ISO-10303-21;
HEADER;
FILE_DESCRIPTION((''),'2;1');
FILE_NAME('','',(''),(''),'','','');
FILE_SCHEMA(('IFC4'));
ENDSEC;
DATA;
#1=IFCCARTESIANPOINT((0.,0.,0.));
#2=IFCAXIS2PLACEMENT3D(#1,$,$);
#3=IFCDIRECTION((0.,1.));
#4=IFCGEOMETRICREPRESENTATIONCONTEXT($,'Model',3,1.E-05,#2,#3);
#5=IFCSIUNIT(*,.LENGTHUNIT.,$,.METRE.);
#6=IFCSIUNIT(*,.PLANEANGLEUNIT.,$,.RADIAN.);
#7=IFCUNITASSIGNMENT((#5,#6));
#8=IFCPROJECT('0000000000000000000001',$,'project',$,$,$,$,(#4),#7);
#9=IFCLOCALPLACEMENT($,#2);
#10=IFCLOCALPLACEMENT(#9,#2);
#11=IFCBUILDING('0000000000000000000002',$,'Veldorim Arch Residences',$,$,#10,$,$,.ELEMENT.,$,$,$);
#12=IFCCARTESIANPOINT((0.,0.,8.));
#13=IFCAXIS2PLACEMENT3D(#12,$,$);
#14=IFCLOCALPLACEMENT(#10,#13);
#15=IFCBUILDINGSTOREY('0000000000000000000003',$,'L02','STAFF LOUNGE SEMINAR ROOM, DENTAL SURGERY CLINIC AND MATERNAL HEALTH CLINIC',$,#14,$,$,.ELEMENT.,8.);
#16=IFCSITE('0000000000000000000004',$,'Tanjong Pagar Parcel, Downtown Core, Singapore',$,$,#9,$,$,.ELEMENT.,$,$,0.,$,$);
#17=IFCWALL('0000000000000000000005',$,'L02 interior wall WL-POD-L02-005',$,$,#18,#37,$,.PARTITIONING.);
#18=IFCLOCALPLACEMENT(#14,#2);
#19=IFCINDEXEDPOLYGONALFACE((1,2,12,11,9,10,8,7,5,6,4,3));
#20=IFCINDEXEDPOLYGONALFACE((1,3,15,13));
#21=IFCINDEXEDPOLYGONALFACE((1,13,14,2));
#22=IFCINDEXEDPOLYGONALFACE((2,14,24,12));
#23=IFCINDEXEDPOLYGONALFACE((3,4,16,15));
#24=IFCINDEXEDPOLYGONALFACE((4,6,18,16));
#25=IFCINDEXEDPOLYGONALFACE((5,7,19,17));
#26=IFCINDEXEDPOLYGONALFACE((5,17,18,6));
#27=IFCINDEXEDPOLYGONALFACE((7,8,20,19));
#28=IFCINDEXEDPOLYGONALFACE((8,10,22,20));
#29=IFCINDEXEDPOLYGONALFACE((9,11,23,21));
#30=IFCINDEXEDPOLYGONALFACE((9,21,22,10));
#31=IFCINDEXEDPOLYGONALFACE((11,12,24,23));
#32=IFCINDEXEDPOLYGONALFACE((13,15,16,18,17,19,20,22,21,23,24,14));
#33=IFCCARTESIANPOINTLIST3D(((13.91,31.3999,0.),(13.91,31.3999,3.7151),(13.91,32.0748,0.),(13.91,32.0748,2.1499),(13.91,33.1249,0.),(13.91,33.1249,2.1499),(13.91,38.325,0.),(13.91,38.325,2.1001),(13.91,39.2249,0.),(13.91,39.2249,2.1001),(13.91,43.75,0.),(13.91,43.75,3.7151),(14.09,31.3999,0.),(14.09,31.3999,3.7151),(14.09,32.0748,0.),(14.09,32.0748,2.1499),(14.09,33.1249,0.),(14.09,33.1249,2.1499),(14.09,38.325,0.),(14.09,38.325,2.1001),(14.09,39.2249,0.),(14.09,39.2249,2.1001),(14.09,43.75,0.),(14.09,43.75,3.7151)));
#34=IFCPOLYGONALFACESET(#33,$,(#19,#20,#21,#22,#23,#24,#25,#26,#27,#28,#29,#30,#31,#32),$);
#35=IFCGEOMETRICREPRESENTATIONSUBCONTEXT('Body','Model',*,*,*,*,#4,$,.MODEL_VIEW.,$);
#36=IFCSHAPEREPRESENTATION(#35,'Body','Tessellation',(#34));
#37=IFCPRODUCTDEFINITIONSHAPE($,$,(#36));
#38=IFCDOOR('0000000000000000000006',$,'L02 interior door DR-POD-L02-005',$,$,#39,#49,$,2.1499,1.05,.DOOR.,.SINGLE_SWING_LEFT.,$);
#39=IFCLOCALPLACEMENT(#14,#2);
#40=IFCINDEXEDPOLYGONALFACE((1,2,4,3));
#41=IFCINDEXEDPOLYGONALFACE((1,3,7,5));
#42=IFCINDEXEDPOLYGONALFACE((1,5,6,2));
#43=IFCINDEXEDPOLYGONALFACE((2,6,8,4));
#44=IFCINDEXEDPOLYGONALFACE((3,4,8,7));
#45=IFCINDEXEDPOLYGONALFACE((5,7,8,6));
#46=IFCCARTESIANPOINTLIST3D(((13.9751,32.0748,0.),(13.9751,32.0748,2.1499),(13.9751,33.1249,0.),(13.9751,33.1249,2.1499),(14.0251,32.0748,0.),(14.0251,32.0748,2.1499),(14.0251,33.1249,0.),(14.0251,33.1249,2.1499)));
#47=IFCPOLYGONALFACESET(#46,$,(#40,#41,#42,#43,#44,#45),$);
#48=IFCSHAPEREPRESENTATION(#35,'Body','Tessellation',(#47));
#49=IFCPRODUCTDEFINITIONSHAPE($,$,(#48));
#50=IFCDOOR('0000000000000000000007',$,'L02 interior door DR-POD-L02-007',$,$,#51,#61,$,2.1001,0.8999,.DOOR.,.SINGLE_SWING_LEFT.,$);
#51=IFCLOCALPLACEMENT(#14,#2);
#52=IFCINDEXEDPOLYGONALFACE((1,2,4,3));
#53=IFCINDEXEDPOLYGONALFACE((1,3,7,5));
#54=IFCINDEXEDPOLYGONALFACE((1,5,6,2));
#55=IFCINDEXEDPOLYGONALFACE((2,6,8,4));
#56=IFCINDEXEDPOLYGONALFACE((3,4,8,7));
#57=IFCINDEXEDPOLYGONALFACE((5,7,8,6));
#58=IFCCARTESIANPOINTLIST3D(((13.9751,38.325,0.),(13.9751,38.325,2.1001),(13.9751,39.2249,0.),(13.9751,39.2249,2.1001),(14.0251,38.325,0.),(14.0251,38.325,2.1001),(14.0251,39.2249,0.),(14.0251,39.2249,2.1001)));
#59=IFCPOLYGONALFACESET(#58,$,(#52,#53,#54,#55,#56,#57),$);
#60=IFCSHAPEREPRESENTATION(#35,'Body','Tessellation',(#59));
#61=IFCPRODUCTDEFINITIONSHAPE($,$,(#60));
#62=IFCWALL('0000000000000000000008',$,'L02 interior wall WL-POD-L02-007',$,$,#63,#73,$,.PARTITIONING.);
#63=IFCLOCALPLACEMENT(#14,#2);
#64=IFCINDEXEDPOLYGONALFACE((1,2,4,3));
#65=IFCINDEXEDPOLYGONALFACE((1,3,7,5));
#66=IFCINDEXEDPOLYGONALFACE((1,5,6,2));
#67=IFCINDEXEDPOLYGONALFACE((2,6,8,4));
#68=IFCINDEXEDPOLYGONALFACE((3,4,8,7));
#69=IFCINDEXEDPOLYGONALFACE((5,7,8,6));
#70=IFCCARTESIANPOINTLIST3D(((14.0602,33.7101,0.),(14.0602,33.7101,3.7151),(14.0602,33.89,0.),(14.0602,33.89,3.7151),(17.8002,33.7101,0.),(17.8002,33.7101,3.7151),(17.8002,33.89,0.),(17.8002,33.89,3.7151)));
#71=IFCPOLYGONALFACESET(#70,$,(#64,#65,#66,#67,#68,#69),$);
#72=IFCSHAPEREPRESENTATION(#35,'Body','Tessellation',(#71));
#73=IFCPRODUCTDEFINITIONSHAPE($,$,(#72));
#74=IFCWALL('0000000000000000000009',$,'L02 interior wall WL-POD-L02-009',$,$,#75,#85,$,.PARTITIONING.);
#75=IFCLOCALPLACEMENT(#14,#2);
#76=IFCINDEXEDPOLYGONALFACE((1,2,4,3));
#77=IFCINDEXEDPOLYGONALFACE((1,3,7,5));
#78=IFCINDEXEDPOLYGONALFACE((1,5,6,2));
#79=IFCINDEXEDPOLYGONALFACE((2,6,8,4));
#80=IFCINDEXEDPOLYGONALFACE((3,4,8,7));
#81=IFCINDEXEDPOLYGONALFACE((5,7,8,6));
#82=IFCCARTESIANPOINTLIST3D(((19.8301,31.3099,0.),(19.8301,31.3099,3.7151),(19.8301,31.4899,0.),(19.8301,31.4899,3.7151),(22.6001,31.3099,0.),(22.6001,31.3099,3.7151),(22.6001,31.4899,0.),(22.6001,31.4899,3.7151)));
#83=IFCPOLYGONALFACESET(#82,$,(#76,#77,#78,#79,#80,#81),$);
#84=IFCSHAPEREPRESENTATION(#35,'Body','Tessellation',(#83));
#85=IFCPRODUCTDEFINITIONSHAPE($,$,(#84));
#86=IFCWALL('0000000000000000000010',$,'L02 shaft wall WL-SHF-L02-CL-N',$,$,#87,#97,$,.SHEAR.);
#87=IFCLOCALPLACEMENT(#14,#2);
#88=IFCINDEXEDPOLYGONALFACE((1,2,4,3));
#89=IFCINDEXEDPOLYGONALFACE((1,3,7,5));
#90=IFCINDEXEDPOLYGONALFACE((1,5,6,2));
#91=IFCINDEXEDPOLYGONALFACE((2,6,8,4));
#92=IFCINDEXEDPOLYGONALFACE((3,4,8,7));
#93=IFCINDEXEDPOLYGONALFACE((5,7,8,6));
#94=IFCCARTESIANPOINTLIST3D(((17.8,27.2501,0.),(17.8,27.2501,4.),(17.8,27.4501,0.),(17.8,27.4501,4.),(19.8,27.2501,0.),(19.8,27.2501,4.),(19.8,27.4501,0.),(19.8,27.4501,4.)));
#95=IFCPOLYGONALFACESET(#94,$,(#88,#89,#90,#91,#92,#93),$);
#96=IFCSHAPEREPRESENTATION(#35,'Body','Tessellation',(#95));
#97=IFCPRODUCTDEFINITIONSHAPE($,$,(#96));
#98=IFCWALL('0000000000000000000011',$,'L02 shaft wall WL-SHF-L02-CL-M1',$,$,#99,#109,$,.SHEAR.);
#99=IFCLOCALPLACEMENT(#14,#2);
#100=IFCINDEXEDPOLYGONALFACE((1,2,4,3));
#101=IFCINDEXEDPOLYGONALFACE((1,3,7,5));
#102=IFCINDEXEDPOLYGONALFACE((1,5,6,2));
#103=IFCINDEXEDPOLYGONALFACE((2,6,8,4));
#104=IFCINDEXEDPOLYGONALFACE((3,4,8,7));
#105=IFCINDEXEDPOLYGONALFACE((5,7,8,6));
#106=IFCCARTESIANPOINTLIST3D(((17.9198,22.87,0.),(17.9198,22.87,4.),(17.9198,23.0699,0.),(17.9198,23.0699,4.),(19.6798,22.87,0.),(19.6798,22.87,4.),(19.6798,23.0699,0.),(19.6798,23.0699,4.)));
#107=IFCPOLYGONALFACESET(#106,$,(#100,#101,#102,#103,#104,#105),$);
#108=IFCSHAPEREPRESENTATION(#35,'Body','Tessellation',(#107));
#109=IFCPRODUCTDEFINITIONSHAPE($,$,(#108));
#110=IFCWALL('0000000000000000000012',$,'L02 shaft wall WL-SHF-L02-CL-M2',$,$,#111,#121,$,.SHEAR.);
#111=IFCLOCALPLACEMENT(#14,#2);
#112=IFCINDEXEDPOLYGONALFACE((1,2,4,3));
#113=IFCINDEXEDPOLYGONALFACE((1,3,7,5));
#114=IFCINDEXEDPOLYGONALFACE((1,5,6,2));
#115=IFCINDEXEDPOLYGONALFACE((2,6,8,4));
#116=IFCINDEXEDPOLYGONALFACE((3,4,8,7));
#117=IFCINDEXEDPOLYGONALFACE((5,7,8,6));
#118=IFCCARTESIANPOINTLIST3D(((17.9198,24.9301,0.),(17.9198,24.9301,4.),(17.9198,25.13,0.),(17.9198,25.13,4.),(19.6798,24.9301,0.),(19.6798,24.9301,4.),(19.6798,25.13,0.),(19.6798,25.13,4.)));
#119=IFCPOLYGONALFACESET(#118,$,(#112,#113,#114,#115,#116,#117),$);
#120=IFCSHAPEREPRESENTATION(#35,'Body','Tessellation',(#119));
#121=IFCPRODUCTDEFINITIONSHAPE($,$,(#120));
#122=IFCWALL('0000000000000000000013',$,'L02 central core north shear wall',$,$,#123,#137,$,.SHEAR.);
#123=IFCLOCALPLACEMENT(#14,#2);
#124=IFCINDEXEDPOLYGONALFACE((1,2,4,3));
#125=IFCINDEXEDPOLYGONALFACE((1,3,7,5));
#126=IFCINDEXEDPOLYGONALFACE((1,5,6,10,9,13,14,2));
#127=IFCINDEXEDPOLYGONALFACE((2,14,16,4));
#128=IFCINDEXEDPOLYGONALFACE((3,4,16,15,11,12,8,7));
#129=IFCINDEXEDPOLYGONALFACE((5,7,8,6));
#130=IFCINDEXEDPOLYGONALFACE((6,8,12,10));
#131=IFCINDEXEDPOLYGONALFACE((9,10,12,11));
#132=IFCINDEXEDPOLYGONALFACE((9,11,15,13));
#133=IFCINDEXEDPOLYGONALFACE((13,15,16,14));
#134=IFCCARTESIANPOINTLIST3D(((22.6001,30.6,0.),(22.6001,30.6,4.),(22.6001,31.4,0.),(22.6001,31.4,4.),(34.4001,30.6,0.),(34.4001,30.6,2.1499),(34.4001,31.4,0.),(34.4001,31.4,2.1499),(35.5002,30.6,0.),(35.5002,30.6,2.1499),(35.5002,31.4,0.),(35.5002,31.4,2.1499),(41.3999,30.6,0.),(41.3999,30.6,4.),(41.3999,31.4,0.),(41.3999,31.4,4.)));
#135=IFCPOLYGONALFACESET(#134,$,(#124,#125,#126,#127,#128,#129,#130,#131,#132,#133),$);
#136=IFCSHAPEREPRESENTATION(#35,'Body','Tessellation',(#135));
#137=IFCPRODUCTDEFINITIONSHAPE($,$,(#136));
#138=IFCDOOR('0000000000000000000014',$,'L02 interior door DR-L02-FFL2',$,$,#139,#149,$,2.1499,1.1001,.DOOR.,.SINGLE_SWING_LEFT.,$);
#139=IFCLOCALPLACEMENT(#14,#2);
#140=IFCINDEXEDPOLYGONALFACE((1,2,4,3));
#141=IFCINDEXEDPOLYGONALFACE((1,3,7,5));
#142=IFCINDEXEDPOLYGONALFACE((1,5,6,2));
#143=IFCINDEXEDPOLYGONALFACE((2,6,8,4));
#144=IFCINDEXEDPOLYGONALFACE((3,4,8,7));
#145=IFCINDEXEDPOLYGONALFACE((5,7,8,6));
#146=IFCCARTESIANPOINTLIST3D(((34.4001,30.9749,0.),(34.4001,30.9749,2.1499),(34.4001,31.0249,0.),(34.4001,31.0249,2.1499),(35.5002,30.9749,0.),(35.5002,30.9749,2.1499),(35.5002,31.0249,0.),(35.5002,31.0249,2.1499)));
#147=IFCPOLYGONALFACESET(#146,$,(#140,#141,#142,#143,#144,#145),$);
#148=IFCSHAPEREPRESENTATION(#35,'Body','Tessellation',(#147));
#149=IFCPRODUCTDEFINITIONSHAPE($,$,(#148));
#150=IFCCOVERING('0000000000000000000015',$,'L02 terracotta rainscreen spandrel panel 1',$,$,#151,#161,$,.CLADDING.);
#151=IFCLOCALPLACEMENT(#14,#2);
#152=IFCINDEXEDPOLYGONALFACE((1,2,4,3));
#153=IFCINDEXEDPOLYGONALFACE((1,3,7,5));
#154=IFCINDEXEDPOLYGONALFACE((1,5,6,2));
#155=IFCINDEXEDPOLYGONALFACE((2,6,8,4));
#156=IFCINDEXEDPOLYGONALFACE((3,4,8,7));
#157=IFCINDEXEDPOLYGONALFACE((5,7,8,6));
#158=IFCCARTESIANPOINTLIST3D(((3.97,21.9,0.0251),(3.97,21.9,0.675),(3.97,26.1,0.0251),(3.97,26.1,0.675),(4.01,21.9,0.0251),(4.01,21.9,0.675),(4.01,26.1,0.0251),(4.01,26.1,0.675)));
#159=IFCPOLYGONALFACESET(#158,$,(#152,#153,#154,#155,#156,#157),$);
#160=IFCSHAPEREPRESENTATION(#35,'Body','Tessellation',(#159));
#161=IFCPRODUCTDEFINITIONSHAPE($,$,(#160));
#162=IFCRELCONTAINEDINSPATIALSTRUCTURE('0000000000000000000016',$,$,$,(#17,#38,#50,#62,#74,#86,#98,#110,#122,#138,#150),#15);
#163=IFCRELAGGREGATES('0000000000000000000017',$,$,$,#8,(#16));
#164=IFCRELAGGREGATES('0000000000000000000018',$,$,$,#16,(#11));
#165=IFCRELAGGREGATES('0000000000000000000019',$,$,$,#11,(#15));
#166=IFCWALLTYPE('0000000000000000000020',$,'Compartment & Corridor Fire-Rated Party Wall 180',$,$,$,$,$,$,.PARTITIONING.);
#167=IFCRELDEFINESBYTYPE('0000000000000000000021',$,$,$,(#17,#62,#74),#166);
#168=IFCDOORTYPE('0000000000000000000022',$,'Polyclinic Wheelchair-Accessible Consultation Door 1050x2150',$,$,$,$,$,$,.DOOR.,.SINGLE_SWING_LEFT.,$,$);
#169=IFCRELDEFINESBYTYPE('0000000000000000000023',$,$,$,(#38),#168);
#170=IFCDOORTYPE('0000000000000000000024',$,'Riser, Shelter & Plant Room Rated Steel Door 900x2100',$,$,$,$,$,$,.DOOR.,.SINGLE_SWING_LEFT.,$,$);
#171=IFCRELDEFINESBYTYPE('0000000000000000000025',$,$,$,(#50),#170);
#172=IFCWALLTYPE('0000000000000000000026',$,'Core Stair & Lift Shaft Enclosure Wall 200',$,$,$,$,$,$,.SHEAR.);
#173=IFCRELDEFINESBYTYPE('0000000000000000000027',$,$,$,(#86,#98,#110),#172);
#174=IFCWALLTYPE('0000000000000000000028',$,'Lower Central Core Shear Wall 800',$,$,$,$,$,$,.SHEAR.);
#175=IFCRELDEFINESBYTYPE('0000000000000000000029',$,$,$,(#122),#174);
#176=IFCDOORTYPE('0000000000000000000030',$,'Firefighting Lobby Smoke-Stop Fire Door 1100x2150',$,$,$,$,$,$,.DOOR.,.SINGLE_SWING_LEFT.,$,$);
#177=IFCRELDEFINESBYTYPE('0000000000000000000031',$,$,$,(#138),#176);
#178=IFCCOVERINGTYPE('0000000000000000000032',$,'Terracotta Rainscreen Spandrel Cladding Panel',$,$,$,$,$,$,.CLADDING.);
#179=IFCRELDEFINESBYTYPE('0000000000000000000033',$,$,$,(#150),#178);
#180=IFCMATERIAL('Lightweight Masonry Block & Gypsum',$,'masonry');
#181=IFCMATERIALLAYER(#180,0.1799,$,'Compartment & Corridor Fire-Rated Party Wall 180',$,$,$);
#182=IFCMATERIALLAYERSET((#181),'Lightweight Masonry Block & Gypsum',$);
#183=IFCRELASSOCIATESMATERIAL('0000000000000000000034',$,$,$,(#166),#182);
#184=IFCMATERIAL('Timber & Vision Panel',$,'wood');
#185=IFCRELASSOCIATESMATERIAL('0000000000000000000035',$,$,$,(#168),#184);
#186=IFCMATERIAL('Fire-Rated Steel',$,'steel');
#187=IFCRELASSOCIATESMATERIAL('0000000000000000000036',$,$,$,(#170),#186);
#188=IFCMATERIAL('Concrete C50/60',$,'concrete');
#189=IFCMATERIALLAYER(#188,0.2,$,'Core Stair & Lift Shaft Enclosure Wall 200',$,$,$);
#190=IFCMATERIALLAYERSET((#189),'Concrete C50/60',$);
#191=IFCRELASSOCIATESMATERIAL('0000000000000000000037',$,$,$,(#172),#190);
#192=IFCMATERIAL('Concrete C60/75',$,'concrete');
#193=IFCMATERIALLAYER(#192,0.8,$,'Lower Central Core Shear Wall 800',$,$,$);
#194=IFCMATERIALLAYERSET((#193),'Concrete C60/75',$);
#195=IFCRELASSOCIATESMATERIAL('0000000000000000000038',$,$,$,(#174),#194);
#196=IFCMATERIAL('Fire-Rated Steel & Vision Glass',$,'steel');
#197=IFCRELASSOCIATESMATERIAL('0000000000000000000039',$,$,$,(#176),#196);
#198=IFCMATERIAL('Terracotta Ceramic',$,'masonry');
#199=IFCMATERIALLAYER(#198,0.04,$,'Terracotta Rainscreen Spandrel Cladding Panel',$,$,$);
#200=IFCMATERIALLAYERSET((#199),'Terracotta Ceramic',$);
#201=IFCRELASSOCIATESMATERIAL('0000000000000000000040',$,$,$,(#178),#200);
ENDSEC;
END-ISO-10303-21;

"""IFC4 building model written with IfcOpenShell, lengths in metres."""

from ifc_helpers import new_model, si_unit, direction, frame, frame_2d, origin, origin_2d, place, context, subcontext, project, spatial, rectangle, extrude, material, layer, layer_set, type_object, element, fill, save


model = new_model("IFC4")

# Units and contexts
model_context = context("Model", 3, precision=1e-05, world=origin(), true_north=direction((0.0, 1.0)))
body_context = subcontext(model_context, "Body", "Model", "MODEL_VIEW")
ifc_project = project(units=[si_unit("LENGTHUNIT", "METRE"), si_unit("PLANEANGLEUNIT", "RADIAN")], contexts=[model_context])

# Site, building, storey
site_placement = place(None, origin())
site = spatial("IfcSite", under=ifc_project, at=site_placement, Name="Tanjong Pagar Parcel, Downtown Core, Singapore", CompositionType="ELEMENT", RefElevation=0.0)
building_placement = place(site_placement, origin())
building = spatial("IfcBuilding", under=site, at=building_placement, Name="Veldorim Arch Residences", CompositionType="ELEMENT")
storey_placement = place(building_placement, frame((0.0, 0.0, 8.0)))
storey = spatial("IfcBuildingStorey", under=building, at=storey_placement, Name="L02", Description="STAFF LOUNGE SEMINAR ROOM, DENTAL SURGERY CLINIC AND MATERNAL HEALTH CLINIC", CompositionType="ELEMENT", Elevation=8.0)

# Wall, openings, doors
ifc_material_1 = material(Name="Lightweight Masonry Block & Gypsum", Category="masonry")
ifc_layer_1 = layer(ifc_material_1, 0.1799, Name="Compartment & Corridor Fire-Rated Party Wall 180")
ifc_layer_set_1 = layer_set([ifc_layer_1], Name="Lightweight Masonry Block & Gypsum")
wall_type_1 = type_object("IfcWallType", Name="Compartment & Corridor Fire-Rated Party Wall 180", PredefinedType="PARTITIONING", material=ifc_layer_set_1)
wall_1_placement = place(storey_placement, frame((14.0, 31.3999, 0.0), z_axis=(0.0, 0.0, 1.0), x_axis=(0.0, 1.0, 0.0)))
wall_1 = element("IfcWall", 1, at=wall_1_placement, inside=storey, type_object=wall_type_1, Name="L02 interior wall WL-POD-L02-005", PredefinedType="PARTITIONING", context=body_context, shape_type="SweptSolid", body=[
    extrude(rectangle(XDim=12.3501, YDim=0.1799, at=frame_2d((6.175, 0.0))), origin(), (0.0, 0.0, 1.0), 3.7151),
])
opening_1_placement = place(wall_1_placement, frame((0.675, 0.0, 0.0)))
opening_1 = element("IfcOpeningElement", 2, at=opening_1_placement, cuts=wall_1, PredefinedType="OPENING", context=body_context, shape_type="SweptSolid", body=[
    extrude(rectangle(XDim=1.05, YDim=2.1499, at=frame_2d((0.5249, 1.075))), frame((0.0, 0.0999, 0.0), z_axis=(0.0, -1.0, 0.0), x_axis=(1.0, 0.0, 0.0)), (0.0, 0.0, 1.0), 0.2),
])
opening_2_placement = place(wall_1_placement, frame((6.925, 0.0, 0.0)))
opening_2 = element("IfcOpeningElement", 3, at=opening_2_placement, cuts=wall_1, PredefinedType="OPENING", context=body_context, shape_type="SweptSolid", body=[
    extrude(rectangle(XDim=0.8999, YDim=2.1001, at=frame_2d((0.45, 1.05))), frame((0.0, 0.0999, 0.0), z_axis=(0.0, -1.0, 0.0), x_axis=(1.0, 0.0, 0.0)), (0.0, 0.0, 1.0), 0.2),
])
ifc_material_2 = material(Name="Timber & Vision Panel", Category="wood")
door_type_1 = type_object("IfcDoorType", Name="Polyclinic Wheelchair-Accessible Consultation Door 1050x2150", OperationType="SINGLE_SWING_LEFT", PredefinedType="DOOR", material=ifc_material_2)
door_1_placement = place(opening_1_placement, origin())
door_1 = element("IfcDoor", 4, at=door_1_placement, inside=storey, type_object=door_type_1, Name="L02 interior door DR-POD-L02-005", OperationType="SINGLE_SWING_LEFT", OverallHeight=2.1499, OverallWidth=1.05, PredefinedType="DOOR", context=body_context, shape_type="SweptSolid", body=[
    extrude(rectangle(XDim=1.05, YDim=2.1499, at=frame_2d((0.5249, 1.075))), frame((0.0, 0.0249, 0.0), z_axis=(0.0, -1.0, 0.0), x_axis=(1.0, 0.0, 0.0)), (0.0, 0.0, 1.0), 0.05),
])
fill(opening_1, door_1)
ifc_material_3 = material(Name="Fire-Rated Steel", Category="steel")
door_type_2 = type_object("IfcDoorType", Name="Riser, Shelter & Plant Room Rated Steel Door 900x2100", OperationType="SINGLE_SWING_LEFT", PredefinedType="DOOR", material=ifc_material_3)
door_2_placement = place(opening_2_placement, origin())
door_2 = element("IfcDoor", 5, at=door_2_placement, inside=storey, type_object=door_type_2, Name="L02 interior door DR-POD-L02-007", OperationType="SINGLE_SWING_LEFT", OverallHeight=2.1001, OverallWidth=0.8999, PredefinedType="DOOR", context=body_context, shape_type="SweptSolid", body=[
    extrude(rectangle(XDim=0.8999, YDim=2.1001, at=frame_2d((0.45, 1.05))), frame((0.0, 0.0249, 0.0), z_axis=(0.0, -1.0, 0.0), x_axis=(1.0, 0.0, 0.0)), (0.0, 0.0, 1.0), 0.05),
])
fill(opening_2, door_2)

# Walls
wall_2_placement = place(storey_placement, frame((14.0601, 33.8, 0.0), z_axis=(0.0, 0.0, 1.0), x_axis=(1.0, 0.0, 0.0)))
element("IfcWall", 6, at=wall_2_placement, inside=storey, type_object=wall_type_1, Name="L02 interior wall WL-POD-L02-007", PredefinedType="PARTITIONING", context=body_context, shape_type="SweptSolid", body=[
    extrude(rectangle(XDim=3.74, YDim=0.1799, at=frame_2d((1.8701, 0.0))), origin(), (0.0, 0.0, 1.0), 3.7151),
])
wall_3_placement = place(storey_placement, frame((22.6001, 31.3999, 0.0), z_axis=(0.0, 0.0, 1.0), x_axis=(-1.0, 0.0, 0.0)))
element("IfcWall", 7, at=wall_3_placement, inside=storey, type_object=wall_type_1, Name="L02 interior wall WL-POD-L02-009", PredefinedType="PARTITIONING", context=body_context, shape_type="SweptSolid", body=[
    extrude(rectangle(XDim=2.77, YDim=0.1799, at=frame_2d((1.385, 0.0))), origin(), (0.0, 0.0, 1.0), 3.7151),
])
ifc_material_4 = material(Name="Concrete C50/60", Category="concrete")
ifc_layer_2 = layer(ifc_material_4, 0.2, Name="Core Stair & Lift Shaft Enclosure Wall 200")
ifc_layer_set_2 = layer_set([ifc_layer_2], Name="Concrete C50/60")
wall_type_2 = type_object("IfcWallType", Name="Core Stair & Lift Shaft Enclosure Wall 200", PredefinedType="SHEAR", material=ifc_layer_set_2)
wall_4_placement = place(storey_placement, frame((17.8, 27.3501, 0.0), z_axis=(0.0, 0.0, 1.0), x_axis=(1.0, 0.0, 0.0)))
element("IfcWall", 8, at=wall_4_placement, inside=storey, type_object=wall_type_2, Name="L02 shaft wall WL-SHF-L02-CL-N", PredefinedType="SHEAR", context=body_context, shape_type="SweptSolid", body=[
    extrude(rectangle(XDim=2.0, YDim=0.2, at=frame_2d((1.0, 0.0))), origin(), (0.0, 0.0, 1.0), 4.0),
])
for number, where, z_axis, x_axis, name in (
    (9, (17.9199, 22.97, 0.0), (0.0, 0.0, 1.0), (1.0, 0.0, 0.0), "L02 shaft wall WL-SHF-L02-CL-M1"),
    (10, (17.9199, 25.03, 0.0), (0.0, 0.0, 1.0), (1.0, 0.0, 0.0), "L02 shaft wall WL-SHF-L02-CL-M2"),
):
    element("IfcWall", number, at=place(storey_placement, frame(where, z_axis=z_axis, x_axis=x_axis)), inside=storey, type_object=wall_type_2, Name=name, PredefinedType="SHEAR", context=body_context, shape_type="SweptSolid", body=[
        extrude(rectangle(XDim=1.76, YDim=0.2, at=frame_2d((0.8799, 0.0))), origin(), (0.0, 0.0, 1.0), 4.0),
    ])

# Wall, opening, door
ifc_material_5 = material(Name="Concrete C60/75", Category="concrete")
ifc_layer_3 = layer(ifc_material_5, 0.8, Name="Lower Central Core Shear Wall 800")
ifc_layer_set_3 = layer_set([ifc_layer_3], Name="Concrete C60/75")
wall_type_3 = type_object("IfcWallType", Name="Lower Central Core Shear Wall 800", PredefinedType="SHEAR", material=ifc_layer_set_3)
wall_5_placement = place(storey_placement, frame((22.6001, 31.0, 0.0), z_axis=(0.0, 0.0, 1.0), x_axis=(1.0, 0.0, 0.0)))
wall_5 = element("IfcWall", 11, at=wall_5_placement, inside=storey, type_object=wall_type_3, Name="L02 central core north shear wall", PredefinedType="SHEAR", context=body_context, shape_type="SweptSolid", body=[
    extrude(rectangle(XDim=18.7998, YDim=0.8, at=frame_2d((9.3999, 0.0))), origin(), (0.0, 0.0, 1.0), 4.0),
])
opening_3_placement = place(wall_5_placement, frame((11.8, 0.0, 0.0)))
opening_3 = element("IfcOpeningElement", 12, at=opening_3_placement, cuts=wall_5, PredefinedType="OPENING", context=body_context, shape_type="SweptSolid", body=[
    extrude(rectangle(XDim=1.1001, YDim=2.1499, at=frame_2d((0.55, 1.075))), frame((0.0, 0.4099, 0.0), z_axis=(0.0, -1.0, 0.0), x_axis=(1.0, 0.0, 0.0)), (0.0, 0.0, 1.0), 0.8201),
])
ifc_material_6 = material(Name="Fire-Rated Steel & Vision Glass", Category="steel")
door_type_3 = type_object("IfcDoorType", Name="Firefighting Lobby Smoke-Stop Fire Door 1100x2150", OperationType="SINGLE_SWING_LEFT", PredefinedType="DOOR", material=ifc_material_6)
door_3_placement = place(opening_3_placement, origin())
door_3 = element("IfcDoor", 13, at=door_3_placement, inside=storey, type_object=door_type_3, Name="L02 interior door DR-L02-FFL2", OperationType="SINGLE_SWING_LEFT", OverallHeight=2.1499, OverallWidth=1.1001, PredefinedType="DOOR", context=body_context, shape_type="SweptSolid", body=[
    extrude(rectangle(XDim=1.1001, YDim=2.1499, at=frame_2d((0.55, 1.075))), frame((0.0, 0.0249, 0.0), z_axis=(0.0, -1.0, 0.0), x_axis=(1.0, 0.0, 0.0)), (0.0, 0.0, 1.0), 0.05),
])
fill(opening_3, door_3)

# Covering
ifc_material_7 = material(Name="Terracotta Ceramic", Category="masonry")
ifc_layer_4 = layer(ifc_material_7, 0.04, Name="Terracotta Rainscreen Spandrel Cladding Panel")
ifc_layer_set_4 = layer_set([ifc_layer_4], Name="Terracotta Ceramic")
covering_type = type_object("IfcCoveringType", Name="Terracotta Rainscreen Spandrel Cladding Panel", PredefinedType="CLADDING", material=ifc_layer_set_4)
covering_placement = place(storey_placement, frame((3.99, 24.0, 0.0251), z_axis=(0.0, 0.0, 1.0), x_axis=(0.0, 1.0, 0.0)))
element("IfcCovering", 14, at=covering_placement, inside=storey, type_object=covering_type, Name="L02 terracotta rainscreen spandrel panel 1", PredefinedType="CLADDING", context=body_context, shape_type="SweptSolid", body=[
    extrude(rectangle(XDim=4.2, YDim=0.04, at=origin_2d()), origin(), (0.0, 0.0, 1.0), 0.6499),
])

save(model, "model.ifc")
